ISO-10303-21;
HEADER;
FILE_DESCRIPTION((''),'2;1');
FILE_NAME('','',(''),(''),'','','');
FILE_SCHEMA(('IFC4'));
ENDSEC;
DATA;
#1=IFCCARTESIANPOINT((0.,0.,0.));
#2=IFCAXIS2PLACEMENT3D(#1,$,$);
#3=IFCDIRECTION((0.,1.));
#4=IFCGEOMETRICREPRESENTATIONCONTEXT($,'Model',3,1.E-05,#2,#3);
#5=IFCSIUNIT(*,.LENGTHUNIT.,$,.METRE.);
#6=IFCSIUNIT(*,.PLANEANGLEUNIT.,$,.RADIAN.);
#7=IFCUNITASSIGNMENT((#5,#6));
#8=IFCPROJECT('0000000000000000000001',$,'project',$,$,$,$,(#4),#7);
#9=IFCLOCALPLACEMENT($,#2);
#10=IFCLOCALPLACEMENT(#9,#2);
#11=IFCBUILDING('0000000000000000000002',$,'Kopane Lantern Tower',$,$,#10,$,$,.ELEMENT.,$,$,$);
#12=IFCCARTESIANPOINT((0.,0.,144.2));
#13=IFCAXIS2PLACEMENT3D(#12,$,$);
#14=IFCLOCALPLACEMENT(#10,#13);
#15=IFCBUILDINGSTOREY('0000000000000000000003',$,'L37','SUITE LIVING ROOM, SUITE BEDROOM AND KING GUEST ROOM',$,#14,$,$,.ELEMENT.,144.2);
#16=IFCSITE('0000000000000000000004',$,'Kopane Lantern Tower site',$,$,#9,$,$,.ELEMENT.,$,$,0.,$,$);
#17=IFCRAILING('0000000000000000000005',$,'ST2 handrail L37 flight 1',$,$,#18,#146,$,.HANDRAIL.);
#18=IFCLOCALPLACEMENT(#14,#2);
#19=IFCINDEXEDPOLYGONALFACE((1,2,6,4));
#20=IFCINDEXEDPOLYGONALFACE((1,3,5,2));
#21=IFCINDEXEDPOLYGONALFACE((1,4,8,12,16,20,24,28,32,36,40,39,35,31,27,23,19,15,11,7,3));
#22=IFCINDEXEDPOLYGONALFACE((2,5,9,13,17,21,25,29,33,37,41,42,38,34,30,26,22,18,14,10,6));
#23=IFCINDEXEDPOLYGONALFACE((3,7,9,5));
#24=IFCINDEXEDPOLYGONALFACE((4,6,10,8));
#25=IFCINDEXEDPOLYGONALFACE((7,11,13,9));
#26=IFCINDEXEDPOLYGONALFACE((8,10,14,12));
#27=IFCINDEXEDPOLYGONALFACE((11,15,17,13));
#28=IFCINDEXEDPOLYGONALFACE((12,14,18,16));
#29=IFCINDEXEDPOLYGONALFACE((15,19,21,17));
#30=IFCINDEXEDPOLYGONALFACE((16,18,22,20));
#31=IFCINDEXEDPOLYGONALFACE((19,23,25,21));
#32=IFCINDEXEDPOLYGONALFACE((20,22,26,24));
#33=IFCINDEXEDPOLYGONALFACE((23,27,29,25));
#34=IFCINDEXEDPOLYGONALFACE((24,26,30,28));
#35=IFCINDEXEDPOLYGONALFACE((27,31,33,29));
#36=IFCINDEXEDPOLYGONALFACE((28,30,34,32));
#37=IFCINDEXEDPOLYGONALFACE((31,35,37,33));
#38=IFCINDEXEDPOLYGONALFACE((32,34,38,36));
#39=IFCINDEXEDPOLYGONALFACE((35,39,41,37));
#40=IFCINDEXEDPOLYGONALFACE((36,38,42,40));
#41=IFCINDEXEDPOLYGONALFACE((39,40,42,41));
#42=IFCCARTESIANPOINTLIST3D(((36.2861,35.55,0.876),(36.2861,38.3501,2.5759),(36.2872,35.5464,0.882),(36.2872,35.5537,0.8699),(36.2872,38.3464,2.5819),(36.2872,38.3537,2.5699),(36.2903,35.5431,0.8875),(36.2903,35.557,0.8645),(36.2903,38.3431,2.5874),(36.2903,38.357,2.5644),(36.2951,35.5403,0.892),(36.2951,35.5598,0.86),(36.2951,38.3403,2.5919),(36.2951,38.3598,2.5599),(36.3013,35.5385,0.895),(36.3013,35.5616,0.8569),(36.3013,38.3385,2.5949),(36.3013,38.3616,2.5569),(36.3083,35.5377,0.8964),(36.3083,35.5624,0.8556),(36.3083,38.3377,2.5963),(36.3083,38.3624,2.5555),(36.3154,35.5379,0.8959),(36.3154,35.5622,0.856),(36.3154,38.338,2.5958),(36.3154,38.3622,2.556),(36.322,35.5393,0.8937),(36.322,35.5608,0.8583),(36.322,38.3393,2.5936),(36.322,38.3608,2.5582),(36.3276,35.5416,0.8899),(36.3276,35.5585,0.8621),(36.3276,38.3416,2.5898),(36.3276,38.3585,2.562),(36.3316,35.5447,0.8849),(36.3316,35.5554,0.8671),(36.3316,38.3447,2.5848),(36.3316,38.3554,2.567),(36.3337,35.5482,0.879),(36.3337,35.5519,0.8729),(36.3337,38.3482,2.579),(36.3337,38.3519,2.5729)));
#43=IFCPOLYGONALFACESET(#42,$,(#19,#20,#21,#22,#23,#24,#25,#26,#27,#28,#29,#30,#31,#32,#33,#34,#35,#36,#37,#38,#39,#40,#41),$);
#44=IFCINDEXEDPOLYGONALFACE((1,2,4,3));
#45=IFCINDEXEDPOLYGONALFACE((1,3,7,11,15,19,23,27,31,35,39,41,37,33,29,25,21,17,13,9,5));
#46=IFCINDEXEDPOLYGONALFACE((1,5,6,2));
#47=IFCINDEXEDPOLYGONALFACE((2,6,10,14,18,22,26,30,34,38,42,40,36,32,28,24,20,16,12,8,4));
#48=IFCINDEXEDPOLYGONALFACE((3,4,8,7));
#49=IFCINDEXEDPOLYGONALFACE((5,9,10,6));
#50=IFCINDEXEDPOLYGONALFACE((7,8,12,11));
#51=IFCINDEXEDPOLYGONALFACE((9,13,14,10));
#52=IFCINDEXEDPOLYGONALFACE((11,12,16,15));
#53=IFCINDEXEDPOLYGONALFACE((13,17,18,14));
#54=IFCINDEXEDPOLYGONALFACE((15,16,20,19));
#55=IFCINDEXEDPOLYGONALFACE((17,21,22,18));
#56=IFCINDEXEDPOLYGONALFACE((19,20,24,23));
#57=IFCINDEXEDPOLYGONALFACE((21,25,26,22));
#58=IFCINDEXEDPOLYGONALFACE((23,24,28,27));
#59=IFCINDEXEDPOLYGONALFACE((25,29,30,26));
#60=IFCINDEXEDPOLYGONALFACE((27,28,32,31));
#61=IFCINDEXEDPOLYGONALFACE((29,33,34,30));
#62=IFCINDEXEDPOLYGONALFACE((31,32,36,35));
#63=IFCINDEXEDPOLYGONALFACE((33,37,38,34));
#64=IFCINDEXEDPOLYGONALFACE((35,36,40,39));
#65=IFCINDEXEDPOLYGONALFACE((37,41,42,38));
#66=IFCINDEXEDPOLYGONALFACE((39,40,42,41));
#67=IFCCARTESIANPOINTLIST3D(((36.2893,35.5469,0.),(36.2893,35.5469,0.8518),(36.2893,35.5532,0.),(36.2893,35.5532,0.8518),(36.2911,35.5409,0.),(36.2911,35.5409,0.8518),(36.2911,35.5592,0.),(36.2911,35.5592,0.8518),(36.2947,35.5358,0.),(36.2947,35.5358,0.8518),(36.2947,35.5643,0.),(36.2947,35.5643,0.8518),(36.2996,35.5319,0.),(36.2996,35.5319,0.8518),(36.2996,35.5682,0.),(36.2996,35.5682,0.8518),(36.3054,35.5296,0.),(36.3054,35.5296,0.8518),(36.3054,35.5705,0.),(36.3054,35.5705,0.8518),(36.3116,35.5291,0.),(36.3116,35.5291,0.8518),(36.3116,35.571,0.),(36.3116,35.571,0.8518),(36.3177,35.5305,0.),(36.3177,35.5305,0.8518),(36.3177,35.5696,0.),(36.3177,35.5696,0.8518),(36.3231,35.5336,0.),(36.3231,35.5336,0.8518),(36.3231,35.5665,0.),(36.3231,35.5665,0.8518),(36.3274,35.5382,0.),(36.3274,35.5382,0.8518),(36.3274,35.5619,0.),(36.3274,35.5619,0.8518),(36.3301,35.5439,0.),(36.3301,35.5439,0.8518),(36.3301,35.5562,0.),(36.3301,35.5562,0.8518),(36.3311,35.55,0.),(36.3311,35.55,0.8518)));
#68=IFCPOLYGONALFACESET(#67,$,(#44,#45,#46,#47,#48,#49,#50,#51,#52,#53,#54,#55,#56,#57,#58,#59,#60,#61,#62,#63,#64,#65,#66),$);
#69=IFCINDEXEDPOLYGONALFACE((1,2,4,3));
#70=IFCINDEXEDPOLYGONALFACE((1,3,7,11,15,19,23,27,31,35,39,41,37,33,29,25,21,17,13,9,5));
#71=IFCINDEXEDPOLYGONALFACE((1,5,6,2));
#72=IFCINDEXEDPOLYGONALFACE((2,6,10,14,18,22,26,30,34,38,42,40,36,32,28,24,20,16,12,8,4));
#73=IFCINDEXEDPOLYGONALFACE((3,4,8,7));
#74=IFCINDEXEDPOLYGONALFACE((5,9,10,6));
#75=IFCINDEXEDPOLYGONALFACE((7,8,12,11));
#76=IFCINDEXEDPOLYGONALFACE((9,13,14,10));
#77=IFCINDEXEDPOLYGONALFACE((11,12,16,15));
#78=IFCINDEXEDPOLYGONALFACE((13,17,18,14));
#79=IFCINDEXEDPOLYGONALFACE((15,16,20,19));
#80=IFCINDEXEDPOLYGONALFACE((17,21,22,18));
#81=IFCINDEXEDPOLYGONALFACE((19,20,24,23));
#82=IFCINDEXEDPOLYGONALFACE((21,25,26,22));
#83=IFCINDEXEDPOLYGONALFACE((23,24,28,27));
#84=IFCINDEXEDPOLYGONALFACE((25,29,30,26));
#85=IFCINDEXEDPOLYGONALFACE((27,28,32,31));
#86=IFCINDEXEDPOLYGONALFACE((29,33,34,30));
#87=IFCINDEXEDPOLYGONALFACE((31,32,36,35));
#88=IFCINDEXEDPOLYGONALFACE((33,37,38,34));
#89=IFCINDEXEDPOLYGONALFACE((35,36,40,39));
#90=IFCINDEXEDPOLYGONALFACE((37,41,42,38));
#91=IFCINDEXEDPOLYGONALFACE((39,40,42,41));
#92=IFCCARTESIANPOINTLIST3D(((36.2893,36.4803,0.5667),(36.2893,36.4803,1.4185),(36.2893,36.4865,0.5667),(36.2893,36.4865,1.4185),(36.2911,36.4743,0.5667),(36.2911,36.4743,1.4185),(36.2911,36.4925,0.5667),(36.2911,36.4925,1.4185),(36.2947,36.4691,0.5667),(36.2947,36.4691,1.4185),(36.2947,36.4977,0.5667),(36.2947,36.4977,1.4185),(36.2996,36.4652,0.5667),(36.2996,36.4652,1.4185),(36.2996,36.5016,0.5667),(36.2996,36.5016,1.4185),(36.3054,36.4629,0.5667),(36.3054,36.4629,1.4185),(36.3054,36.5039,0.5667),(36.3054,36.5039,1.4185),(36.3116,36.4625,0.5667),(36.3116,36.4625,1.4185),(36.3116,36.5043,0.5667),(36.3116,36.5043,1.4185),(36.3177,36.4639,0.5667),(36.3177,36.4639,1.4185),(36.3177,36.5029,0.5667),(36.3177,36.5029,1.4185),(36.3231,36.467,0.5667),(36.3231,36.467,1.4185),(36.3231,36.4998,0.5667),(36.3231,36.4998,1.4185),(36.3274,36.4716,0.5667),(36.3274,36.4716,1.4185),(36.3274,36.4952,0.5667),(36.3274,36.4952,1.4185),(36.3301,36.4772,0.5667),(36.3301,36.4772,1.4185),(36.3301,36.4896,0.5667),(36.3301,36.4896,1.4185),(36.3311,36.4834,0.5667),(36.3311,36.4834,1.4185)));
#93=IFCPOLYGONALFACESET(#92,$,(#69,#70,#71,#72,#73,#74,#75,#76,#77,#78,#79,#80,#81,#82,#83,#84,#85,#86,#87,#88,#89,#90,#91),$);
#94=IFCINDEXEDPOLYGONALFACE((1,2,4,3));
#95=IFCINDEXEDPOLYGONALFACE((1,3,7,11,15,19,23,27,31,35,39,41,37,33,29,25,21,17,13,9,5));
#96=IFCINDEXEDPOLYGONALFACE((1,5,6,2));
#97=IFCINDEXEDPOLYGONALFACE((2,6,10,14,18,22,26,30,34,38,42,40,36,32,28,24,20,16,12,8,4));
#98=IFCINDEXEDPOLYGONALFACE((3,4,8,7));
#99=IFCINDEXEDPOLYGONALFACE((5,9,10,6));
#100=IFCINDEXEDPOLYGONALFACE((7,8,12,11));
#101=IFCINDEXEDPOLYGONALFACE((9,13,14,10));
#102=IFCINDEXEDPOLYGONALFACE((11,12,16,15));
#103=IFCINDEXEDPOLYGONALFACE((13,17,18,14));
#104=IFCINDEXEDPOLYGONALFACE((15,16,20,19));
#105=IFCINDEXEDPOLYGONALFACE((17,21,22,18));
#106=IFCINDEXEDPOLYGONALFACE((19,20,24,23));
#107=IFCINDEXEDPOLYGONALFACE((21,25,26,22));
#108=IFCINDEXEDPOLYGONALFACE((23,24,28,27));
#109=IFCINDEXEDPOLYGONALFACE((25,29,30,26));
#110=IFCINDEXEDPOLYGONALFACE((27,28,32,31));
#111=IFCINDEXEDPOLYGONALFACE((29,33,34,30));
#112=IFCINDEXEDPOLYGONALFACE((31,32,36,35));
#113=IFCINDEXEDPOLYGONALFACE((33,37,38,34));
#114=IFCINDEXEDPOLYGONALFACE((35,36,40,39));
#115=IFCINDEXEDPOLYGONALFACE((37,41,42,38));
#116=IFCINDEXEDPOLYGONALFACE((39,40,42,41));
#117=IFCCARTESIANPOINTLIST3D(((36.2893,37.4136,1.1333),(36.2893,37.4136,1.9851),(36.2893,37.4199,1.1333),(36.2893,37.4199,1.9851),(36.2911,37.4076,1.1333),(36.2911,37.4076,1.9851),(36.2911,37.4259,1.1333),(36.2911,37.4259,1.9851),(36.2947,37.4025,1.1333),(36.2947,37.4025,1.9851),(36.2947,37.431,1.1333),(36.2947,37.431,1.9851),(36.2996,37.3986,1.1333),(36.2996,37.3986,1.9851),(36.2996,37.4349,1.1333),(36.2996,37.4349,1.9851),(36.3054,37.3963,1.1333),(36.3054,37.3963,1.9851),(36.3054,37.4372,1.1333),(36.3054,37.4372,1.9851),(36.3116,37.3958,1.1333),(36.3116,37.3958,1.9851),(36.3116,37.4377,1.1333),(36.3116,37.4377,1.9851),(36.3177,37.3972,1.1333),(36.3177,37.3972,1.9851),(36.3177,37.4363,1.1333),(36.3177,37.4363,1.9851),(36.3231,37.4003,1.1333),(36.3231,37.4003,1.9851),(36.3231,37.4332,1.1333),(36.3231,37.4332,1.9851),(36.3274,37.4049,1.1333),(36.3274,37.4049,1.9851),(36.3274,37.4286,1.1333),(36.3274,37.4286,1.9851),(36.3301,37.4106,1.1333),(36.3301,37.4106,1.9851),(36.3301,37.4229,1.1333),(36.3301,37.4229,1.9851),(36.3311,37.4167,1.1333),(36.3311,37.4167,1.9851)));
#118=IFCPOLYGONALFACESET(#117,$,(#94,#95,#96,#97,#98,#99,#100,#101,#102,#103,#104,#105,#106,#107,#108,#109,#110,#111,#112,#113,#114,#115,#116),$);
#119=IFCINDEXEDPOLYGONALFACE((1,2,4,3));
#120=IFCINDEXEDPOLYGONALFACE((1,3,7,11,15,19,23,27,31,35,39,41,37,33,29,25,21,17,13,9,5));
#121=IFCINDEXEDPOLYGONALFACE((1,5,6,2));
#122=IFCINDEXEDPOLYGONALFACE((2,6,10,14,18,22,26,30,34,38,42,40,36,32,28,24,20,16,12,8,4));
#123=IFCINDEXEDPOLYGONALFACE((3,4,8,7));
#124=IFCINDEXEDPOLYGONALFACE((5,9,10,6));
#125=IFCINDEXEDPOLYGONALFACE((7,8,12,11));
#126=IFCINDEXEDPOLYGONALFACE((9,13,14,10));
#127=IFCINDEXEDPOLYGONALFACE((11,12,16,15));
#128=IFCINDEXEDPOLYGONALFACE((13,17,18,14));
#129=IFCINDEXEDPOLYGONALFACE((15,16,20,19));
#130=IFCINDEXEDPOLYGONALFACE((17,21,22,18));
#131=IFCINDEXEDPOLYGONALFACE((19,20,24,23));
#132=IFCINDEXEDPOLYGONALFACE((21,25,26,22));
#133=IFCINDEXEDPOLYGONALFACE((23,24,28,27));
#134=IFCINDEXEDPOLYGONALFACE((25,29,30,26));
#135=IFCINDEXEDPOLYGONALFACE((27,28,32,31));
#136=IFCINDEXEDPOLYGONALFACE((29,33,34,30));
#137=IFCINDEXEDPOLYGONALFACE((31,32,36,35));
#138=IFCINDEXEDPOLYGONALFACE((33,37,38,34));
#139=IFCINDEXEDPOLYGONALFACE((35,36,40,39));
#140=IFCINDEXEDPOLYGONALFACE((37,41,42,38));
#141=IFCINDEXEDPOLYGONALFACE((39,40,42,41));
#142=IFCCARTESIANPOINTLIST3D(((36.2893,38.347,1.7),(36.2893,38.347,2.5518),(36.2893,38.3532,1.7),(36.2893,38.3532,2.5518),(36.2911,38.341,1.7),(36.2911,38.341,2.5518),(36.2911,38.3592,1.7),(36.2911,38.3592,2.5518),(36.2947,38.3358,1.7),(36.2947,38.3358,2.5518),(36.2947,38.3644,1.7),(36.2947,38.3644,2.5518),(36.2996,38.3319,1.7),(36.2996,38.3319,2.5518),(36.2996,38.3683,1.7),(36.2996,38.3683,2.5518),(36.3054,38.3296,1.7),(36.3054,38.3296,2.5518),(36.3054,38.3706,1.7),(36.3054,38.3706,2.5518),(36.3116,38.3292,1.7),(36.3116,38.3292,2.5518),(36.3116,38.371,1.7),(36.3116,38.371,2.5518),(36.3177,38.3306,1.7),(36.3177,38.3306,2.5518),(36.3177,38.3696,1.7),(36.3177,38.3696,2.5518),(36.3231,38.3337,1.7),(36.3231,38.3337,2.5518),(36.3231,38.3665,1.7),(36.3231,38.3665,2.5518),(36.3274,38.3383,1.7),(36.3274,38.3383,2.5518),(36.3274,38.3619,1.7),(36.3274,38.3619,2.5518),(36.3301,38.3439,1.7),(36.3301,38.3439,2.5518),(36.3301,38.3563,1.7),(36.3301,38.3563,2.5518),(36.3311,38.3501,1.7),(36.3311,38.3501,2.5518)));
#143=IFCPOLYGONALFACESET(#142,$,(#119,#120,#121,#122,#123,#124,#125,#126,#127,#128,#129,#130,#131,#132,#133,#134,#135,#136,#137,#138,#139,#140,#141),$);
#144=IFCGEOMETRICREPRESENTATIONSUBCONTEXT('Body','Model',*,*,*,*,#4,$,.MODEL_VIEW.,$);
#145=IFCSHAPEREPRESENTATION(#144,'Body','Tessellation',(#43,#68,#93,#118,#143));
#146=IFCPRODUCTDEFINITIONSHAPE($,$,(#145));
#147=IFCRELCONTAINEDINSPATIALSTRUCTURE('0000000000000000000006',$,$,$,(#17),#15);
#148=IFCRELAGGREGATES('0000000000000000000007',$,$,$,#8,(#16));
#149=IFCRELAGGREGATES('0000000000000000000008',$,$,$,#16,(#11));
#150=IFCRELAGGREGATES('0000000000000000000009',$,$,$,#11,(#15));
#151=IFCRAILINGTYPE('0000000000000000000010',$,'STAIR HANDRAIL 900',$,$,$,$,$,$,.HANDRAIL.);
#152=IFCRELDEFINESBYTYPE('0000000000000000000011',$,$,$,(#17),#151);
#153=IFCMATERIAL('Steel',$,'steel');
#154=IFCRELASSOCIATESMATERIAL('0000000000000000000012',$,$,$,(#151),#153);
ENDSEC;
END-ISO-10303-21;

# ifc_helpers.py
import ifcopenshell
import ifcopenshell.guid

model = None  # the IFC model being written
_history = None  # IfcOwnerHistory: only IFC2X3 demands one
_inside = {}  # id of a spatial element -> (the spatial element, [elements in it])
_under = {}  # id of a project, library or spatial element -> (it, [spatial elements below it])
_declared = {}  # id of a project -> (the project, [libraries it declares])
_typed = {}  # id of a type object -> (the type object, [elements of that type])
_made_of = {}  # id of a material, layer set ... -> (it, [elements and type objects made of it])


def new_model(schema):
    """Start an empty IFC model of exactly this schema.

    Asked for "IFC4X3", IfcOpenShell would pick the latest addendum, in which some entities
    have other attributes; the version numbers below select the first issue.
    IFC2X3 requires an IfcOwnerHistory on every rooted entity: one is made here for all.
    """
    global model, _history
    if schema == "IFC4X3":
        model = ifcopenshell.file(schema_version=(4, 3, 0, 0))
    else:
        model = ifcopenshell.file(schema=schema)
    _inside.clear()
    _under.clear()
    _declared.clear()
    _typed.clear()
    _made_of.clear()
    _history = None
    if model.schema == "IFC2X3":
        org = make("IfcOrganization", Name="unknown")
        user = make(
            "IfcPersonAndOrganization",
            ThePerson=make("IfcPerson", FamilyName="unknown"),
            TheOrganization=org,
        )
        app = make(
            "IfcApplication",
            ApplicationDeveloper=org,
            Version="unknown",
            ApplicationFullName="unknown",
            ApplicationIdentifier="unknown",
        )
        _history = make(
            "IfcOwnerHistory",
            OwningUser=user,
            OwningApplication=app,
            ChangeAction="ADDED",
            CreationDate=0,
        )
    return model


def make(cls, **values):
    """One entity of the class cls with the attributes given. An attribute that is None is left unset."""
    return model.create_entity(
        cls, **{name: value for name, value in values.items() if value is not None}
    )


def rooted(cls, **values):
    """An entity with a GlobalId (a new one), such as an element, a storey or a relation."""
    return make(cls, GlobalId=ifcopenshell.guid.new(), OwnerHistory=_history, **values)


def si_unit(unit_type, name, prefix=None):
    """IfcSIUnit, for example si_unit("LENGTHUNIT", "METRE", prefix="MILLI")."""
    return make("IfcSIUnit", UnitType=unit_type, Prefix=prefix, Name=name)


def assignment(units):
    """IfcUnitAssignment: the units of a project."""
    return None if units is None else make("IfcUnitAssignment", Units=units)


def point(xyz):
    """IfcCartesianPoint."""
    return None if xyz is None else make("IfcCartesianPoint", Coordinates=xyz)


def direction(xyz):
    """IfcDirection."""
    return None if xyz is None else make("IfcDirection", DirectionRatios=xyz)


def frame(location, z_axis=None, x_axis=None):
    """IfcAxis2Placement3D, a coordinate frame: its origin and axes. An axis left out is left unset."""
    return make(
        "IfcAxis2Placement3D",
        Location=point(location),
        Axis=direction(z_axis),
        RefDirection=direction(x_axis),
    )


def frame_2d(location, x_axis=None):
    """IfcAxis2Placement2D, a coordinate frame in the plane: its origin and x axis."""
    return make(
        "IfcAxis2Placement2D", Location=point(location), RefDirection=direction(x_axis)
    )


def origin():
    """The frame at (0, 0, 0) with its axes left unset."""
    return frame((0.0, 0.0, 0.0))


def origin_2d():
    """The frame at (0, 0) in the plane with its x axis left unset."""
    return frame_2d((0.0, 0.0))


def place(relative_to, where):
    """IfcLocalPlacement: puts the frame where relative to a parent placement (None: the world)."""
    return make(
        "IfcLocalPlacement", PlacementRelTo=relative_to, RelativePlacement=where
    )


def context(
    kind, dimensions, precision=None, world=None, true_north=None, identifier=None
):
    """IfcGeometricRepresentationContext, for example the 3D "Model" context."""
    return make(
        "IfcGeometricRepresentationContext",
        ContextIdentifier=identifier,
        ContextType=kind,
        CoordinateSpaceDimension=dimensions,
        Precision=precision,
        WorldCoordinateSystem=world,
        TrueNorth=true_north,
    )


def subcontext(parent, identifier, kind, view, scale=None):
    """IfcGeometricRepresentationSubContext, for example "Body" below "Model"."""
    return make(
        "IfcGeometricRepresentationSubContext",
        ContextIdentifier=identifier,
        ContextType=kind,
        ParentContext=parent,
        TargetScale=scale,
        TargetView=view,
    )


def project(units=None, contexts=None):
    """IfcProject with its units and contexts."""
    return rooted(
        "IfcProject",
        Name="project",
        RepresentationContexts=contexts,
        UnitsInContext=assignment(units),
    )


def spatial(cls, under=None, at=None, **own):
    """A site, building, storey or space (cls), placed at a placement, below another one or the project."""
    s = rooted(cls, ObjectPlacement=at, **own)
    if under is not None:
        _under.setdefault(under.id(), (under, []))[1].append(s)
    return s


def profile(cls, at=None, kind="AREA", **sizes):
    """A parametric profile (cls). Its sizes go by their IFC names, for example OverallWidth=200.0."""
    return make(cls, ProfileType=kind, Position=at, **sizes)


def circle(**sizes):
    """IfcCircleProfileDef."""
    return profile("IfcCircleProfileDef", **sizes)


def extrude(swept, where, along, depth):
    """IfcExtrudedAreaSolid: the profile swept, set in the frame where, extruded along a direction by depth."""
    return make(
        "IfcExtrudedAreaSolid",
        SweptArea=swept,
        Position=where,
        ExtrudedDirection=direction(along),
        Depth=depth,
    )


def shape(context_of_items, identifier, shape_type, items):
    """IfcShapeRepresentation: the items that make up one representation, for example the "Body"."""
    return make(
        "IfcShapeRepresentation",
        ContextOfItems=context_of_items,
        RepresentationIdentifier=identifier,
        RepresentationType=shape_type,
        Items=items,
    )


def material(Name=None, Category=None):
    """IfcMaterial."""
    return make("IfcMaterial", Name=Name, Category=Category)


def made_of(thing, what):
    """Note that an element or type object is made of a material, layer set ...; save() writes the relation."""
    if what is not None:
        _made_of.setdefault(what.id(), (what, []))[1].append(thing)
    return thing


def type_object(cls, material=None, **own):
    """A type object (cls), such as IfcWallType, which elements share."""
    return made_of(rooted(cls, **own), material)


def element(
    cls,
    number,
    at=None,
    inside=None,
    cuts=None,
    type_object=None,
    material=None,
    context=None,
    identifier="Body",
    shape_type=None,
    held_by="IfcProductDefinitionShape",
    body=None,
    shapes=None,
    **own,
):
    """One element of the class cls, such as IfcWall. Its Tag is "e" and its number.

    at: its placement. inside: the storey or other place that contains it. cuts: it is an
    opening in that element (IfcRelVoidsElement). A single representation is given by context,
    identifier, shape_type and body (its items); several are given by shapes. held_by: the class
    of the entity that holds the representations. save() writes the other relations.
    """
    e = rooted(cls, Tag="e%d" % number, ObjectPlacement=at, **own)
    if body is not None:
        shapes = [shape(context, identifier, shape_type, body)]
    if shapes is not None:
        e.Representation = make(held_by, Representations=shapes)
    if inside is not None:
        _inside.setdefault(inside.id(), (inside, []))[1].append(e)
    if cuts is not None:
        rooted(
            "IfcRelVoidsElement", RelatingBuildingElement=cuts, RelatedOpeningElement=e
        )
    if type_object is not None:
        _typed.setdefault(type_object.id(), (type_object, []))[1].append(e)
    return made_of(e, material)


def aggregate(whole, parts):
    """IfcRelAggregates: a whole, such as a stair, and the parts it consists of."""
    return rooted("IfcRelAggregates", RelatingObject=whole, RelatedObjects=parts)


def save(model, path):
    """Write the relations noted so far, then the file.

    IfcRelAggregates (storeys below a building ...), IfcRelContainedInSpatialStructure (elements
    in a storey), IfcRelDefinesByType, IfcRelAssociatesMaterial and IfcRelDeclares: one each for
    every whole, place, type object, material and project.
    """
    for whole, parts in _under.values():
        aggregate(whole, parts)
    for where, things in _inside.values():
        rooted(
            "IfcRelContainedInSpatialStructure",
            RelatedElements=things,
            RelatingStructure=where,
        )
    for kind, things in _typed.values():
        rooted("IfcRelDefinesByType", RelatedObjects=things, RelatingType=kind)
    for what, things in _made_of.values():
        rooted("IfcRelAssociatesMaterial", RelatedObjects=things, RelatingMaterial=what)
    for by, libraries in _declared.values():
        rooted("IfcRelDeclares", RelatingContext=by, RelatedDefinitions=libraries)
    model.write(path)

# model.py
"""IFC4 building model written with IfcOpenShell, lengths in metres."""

from ifc_helpers import new_model, si_unit, direction, frame, origin, origin_2d, place, context, subcontext, project, spatial, circle, extrude, material, type_object, element, save


model = new_model("IFC4")

# Units and contexts
model_context = context("Model", 3, precision=1e-05, world=origin(), true_north=direction((0.0, 1.0)))
body_context = subcontext(model_context, "Body", "Model", "MODEL_VIEW")
ifc_project = project(units=[si_unit("LENGTHUNIT", "METRE"), si_unit("PLANEANGLEUNIT", "RADIAN")], contexts=[model_context])

# Site, building, storey
site_placement = place(None, origin())
site = spatial("IfcSite", under=ifc_project, at=site_placement, Name="Kopane Lantern Tower site", CompositionType="ELEMENT", RefElevation=0.0)
building_placement = place(site_placement, origin())
building = spatial("IfcBuilding", under=site, at=building_placement, Name="Kopane Lantern Tower", CompositionType="ELEMENT")
storey_placement = place(building_placement, frame((0.0, 0.0, 144.2)))
storey = spatial("IfcBuildingStorey", under=building, at=storey_placement, Name="L37", Description="SUITE LIVING ROOM, SUITE BEDROOM AND KING GUEST ROOM", CompositionType="ELEMENT", Elevation=144.2)

# Railing
ifc_material_1 = material(Name="Steel", Category="steel")
railing_type_1 = type_object("IfcRailingType", Name="STAIR HANDRAIL 900", PredefinedType="HANDRAIL", material=ifc_material_1)
for number, where, name in (
    (1, (36.3101, 35.55, 0.0), "ST2 handrail L37 flight 1"),
):
    element("IfcRailing", number, at=place(storey_placement, frame(where)), inside=storey, type_object=railing_type_1, Name=name, PredefinedType="HANDRAIL", context=body_context, shape_type="SweptSolid", body=[
        extrude(circle(Radius=0.0239, at=origin_2d()), frame((0.0, 0.0, 0.876), z_axis=(0.0, 0.854798, 0.518961), x_axis=(-1.0, 0.0, 0.0)), (0.0, 0.0, 1.0), 3.2756),
        extrude(circle(Radius=0.021, at=origin_2d()), origin(), (0.0, 0.0, 1.0), 0.8518),
        extrude(circle(Radius=0.021, at=origin_2d()), frame((0.0, 0.9333, 0.5667)), (0.0, 0.0, 1.0), 0.8518),
        extrude(circle(Radius=0.021, at=origin_2d()), frame((0.0, 1.8667, 1.1333)), (0.0, 0.0, 1.0), 0.8518),
        extrude(circle(Radius=0.021, at=origin_2d()), frame((0.0, 2.8, 1.7)), (0.0, 0.0, 1.0), 0.8518),
    ])

save(model, "model.ifc")
